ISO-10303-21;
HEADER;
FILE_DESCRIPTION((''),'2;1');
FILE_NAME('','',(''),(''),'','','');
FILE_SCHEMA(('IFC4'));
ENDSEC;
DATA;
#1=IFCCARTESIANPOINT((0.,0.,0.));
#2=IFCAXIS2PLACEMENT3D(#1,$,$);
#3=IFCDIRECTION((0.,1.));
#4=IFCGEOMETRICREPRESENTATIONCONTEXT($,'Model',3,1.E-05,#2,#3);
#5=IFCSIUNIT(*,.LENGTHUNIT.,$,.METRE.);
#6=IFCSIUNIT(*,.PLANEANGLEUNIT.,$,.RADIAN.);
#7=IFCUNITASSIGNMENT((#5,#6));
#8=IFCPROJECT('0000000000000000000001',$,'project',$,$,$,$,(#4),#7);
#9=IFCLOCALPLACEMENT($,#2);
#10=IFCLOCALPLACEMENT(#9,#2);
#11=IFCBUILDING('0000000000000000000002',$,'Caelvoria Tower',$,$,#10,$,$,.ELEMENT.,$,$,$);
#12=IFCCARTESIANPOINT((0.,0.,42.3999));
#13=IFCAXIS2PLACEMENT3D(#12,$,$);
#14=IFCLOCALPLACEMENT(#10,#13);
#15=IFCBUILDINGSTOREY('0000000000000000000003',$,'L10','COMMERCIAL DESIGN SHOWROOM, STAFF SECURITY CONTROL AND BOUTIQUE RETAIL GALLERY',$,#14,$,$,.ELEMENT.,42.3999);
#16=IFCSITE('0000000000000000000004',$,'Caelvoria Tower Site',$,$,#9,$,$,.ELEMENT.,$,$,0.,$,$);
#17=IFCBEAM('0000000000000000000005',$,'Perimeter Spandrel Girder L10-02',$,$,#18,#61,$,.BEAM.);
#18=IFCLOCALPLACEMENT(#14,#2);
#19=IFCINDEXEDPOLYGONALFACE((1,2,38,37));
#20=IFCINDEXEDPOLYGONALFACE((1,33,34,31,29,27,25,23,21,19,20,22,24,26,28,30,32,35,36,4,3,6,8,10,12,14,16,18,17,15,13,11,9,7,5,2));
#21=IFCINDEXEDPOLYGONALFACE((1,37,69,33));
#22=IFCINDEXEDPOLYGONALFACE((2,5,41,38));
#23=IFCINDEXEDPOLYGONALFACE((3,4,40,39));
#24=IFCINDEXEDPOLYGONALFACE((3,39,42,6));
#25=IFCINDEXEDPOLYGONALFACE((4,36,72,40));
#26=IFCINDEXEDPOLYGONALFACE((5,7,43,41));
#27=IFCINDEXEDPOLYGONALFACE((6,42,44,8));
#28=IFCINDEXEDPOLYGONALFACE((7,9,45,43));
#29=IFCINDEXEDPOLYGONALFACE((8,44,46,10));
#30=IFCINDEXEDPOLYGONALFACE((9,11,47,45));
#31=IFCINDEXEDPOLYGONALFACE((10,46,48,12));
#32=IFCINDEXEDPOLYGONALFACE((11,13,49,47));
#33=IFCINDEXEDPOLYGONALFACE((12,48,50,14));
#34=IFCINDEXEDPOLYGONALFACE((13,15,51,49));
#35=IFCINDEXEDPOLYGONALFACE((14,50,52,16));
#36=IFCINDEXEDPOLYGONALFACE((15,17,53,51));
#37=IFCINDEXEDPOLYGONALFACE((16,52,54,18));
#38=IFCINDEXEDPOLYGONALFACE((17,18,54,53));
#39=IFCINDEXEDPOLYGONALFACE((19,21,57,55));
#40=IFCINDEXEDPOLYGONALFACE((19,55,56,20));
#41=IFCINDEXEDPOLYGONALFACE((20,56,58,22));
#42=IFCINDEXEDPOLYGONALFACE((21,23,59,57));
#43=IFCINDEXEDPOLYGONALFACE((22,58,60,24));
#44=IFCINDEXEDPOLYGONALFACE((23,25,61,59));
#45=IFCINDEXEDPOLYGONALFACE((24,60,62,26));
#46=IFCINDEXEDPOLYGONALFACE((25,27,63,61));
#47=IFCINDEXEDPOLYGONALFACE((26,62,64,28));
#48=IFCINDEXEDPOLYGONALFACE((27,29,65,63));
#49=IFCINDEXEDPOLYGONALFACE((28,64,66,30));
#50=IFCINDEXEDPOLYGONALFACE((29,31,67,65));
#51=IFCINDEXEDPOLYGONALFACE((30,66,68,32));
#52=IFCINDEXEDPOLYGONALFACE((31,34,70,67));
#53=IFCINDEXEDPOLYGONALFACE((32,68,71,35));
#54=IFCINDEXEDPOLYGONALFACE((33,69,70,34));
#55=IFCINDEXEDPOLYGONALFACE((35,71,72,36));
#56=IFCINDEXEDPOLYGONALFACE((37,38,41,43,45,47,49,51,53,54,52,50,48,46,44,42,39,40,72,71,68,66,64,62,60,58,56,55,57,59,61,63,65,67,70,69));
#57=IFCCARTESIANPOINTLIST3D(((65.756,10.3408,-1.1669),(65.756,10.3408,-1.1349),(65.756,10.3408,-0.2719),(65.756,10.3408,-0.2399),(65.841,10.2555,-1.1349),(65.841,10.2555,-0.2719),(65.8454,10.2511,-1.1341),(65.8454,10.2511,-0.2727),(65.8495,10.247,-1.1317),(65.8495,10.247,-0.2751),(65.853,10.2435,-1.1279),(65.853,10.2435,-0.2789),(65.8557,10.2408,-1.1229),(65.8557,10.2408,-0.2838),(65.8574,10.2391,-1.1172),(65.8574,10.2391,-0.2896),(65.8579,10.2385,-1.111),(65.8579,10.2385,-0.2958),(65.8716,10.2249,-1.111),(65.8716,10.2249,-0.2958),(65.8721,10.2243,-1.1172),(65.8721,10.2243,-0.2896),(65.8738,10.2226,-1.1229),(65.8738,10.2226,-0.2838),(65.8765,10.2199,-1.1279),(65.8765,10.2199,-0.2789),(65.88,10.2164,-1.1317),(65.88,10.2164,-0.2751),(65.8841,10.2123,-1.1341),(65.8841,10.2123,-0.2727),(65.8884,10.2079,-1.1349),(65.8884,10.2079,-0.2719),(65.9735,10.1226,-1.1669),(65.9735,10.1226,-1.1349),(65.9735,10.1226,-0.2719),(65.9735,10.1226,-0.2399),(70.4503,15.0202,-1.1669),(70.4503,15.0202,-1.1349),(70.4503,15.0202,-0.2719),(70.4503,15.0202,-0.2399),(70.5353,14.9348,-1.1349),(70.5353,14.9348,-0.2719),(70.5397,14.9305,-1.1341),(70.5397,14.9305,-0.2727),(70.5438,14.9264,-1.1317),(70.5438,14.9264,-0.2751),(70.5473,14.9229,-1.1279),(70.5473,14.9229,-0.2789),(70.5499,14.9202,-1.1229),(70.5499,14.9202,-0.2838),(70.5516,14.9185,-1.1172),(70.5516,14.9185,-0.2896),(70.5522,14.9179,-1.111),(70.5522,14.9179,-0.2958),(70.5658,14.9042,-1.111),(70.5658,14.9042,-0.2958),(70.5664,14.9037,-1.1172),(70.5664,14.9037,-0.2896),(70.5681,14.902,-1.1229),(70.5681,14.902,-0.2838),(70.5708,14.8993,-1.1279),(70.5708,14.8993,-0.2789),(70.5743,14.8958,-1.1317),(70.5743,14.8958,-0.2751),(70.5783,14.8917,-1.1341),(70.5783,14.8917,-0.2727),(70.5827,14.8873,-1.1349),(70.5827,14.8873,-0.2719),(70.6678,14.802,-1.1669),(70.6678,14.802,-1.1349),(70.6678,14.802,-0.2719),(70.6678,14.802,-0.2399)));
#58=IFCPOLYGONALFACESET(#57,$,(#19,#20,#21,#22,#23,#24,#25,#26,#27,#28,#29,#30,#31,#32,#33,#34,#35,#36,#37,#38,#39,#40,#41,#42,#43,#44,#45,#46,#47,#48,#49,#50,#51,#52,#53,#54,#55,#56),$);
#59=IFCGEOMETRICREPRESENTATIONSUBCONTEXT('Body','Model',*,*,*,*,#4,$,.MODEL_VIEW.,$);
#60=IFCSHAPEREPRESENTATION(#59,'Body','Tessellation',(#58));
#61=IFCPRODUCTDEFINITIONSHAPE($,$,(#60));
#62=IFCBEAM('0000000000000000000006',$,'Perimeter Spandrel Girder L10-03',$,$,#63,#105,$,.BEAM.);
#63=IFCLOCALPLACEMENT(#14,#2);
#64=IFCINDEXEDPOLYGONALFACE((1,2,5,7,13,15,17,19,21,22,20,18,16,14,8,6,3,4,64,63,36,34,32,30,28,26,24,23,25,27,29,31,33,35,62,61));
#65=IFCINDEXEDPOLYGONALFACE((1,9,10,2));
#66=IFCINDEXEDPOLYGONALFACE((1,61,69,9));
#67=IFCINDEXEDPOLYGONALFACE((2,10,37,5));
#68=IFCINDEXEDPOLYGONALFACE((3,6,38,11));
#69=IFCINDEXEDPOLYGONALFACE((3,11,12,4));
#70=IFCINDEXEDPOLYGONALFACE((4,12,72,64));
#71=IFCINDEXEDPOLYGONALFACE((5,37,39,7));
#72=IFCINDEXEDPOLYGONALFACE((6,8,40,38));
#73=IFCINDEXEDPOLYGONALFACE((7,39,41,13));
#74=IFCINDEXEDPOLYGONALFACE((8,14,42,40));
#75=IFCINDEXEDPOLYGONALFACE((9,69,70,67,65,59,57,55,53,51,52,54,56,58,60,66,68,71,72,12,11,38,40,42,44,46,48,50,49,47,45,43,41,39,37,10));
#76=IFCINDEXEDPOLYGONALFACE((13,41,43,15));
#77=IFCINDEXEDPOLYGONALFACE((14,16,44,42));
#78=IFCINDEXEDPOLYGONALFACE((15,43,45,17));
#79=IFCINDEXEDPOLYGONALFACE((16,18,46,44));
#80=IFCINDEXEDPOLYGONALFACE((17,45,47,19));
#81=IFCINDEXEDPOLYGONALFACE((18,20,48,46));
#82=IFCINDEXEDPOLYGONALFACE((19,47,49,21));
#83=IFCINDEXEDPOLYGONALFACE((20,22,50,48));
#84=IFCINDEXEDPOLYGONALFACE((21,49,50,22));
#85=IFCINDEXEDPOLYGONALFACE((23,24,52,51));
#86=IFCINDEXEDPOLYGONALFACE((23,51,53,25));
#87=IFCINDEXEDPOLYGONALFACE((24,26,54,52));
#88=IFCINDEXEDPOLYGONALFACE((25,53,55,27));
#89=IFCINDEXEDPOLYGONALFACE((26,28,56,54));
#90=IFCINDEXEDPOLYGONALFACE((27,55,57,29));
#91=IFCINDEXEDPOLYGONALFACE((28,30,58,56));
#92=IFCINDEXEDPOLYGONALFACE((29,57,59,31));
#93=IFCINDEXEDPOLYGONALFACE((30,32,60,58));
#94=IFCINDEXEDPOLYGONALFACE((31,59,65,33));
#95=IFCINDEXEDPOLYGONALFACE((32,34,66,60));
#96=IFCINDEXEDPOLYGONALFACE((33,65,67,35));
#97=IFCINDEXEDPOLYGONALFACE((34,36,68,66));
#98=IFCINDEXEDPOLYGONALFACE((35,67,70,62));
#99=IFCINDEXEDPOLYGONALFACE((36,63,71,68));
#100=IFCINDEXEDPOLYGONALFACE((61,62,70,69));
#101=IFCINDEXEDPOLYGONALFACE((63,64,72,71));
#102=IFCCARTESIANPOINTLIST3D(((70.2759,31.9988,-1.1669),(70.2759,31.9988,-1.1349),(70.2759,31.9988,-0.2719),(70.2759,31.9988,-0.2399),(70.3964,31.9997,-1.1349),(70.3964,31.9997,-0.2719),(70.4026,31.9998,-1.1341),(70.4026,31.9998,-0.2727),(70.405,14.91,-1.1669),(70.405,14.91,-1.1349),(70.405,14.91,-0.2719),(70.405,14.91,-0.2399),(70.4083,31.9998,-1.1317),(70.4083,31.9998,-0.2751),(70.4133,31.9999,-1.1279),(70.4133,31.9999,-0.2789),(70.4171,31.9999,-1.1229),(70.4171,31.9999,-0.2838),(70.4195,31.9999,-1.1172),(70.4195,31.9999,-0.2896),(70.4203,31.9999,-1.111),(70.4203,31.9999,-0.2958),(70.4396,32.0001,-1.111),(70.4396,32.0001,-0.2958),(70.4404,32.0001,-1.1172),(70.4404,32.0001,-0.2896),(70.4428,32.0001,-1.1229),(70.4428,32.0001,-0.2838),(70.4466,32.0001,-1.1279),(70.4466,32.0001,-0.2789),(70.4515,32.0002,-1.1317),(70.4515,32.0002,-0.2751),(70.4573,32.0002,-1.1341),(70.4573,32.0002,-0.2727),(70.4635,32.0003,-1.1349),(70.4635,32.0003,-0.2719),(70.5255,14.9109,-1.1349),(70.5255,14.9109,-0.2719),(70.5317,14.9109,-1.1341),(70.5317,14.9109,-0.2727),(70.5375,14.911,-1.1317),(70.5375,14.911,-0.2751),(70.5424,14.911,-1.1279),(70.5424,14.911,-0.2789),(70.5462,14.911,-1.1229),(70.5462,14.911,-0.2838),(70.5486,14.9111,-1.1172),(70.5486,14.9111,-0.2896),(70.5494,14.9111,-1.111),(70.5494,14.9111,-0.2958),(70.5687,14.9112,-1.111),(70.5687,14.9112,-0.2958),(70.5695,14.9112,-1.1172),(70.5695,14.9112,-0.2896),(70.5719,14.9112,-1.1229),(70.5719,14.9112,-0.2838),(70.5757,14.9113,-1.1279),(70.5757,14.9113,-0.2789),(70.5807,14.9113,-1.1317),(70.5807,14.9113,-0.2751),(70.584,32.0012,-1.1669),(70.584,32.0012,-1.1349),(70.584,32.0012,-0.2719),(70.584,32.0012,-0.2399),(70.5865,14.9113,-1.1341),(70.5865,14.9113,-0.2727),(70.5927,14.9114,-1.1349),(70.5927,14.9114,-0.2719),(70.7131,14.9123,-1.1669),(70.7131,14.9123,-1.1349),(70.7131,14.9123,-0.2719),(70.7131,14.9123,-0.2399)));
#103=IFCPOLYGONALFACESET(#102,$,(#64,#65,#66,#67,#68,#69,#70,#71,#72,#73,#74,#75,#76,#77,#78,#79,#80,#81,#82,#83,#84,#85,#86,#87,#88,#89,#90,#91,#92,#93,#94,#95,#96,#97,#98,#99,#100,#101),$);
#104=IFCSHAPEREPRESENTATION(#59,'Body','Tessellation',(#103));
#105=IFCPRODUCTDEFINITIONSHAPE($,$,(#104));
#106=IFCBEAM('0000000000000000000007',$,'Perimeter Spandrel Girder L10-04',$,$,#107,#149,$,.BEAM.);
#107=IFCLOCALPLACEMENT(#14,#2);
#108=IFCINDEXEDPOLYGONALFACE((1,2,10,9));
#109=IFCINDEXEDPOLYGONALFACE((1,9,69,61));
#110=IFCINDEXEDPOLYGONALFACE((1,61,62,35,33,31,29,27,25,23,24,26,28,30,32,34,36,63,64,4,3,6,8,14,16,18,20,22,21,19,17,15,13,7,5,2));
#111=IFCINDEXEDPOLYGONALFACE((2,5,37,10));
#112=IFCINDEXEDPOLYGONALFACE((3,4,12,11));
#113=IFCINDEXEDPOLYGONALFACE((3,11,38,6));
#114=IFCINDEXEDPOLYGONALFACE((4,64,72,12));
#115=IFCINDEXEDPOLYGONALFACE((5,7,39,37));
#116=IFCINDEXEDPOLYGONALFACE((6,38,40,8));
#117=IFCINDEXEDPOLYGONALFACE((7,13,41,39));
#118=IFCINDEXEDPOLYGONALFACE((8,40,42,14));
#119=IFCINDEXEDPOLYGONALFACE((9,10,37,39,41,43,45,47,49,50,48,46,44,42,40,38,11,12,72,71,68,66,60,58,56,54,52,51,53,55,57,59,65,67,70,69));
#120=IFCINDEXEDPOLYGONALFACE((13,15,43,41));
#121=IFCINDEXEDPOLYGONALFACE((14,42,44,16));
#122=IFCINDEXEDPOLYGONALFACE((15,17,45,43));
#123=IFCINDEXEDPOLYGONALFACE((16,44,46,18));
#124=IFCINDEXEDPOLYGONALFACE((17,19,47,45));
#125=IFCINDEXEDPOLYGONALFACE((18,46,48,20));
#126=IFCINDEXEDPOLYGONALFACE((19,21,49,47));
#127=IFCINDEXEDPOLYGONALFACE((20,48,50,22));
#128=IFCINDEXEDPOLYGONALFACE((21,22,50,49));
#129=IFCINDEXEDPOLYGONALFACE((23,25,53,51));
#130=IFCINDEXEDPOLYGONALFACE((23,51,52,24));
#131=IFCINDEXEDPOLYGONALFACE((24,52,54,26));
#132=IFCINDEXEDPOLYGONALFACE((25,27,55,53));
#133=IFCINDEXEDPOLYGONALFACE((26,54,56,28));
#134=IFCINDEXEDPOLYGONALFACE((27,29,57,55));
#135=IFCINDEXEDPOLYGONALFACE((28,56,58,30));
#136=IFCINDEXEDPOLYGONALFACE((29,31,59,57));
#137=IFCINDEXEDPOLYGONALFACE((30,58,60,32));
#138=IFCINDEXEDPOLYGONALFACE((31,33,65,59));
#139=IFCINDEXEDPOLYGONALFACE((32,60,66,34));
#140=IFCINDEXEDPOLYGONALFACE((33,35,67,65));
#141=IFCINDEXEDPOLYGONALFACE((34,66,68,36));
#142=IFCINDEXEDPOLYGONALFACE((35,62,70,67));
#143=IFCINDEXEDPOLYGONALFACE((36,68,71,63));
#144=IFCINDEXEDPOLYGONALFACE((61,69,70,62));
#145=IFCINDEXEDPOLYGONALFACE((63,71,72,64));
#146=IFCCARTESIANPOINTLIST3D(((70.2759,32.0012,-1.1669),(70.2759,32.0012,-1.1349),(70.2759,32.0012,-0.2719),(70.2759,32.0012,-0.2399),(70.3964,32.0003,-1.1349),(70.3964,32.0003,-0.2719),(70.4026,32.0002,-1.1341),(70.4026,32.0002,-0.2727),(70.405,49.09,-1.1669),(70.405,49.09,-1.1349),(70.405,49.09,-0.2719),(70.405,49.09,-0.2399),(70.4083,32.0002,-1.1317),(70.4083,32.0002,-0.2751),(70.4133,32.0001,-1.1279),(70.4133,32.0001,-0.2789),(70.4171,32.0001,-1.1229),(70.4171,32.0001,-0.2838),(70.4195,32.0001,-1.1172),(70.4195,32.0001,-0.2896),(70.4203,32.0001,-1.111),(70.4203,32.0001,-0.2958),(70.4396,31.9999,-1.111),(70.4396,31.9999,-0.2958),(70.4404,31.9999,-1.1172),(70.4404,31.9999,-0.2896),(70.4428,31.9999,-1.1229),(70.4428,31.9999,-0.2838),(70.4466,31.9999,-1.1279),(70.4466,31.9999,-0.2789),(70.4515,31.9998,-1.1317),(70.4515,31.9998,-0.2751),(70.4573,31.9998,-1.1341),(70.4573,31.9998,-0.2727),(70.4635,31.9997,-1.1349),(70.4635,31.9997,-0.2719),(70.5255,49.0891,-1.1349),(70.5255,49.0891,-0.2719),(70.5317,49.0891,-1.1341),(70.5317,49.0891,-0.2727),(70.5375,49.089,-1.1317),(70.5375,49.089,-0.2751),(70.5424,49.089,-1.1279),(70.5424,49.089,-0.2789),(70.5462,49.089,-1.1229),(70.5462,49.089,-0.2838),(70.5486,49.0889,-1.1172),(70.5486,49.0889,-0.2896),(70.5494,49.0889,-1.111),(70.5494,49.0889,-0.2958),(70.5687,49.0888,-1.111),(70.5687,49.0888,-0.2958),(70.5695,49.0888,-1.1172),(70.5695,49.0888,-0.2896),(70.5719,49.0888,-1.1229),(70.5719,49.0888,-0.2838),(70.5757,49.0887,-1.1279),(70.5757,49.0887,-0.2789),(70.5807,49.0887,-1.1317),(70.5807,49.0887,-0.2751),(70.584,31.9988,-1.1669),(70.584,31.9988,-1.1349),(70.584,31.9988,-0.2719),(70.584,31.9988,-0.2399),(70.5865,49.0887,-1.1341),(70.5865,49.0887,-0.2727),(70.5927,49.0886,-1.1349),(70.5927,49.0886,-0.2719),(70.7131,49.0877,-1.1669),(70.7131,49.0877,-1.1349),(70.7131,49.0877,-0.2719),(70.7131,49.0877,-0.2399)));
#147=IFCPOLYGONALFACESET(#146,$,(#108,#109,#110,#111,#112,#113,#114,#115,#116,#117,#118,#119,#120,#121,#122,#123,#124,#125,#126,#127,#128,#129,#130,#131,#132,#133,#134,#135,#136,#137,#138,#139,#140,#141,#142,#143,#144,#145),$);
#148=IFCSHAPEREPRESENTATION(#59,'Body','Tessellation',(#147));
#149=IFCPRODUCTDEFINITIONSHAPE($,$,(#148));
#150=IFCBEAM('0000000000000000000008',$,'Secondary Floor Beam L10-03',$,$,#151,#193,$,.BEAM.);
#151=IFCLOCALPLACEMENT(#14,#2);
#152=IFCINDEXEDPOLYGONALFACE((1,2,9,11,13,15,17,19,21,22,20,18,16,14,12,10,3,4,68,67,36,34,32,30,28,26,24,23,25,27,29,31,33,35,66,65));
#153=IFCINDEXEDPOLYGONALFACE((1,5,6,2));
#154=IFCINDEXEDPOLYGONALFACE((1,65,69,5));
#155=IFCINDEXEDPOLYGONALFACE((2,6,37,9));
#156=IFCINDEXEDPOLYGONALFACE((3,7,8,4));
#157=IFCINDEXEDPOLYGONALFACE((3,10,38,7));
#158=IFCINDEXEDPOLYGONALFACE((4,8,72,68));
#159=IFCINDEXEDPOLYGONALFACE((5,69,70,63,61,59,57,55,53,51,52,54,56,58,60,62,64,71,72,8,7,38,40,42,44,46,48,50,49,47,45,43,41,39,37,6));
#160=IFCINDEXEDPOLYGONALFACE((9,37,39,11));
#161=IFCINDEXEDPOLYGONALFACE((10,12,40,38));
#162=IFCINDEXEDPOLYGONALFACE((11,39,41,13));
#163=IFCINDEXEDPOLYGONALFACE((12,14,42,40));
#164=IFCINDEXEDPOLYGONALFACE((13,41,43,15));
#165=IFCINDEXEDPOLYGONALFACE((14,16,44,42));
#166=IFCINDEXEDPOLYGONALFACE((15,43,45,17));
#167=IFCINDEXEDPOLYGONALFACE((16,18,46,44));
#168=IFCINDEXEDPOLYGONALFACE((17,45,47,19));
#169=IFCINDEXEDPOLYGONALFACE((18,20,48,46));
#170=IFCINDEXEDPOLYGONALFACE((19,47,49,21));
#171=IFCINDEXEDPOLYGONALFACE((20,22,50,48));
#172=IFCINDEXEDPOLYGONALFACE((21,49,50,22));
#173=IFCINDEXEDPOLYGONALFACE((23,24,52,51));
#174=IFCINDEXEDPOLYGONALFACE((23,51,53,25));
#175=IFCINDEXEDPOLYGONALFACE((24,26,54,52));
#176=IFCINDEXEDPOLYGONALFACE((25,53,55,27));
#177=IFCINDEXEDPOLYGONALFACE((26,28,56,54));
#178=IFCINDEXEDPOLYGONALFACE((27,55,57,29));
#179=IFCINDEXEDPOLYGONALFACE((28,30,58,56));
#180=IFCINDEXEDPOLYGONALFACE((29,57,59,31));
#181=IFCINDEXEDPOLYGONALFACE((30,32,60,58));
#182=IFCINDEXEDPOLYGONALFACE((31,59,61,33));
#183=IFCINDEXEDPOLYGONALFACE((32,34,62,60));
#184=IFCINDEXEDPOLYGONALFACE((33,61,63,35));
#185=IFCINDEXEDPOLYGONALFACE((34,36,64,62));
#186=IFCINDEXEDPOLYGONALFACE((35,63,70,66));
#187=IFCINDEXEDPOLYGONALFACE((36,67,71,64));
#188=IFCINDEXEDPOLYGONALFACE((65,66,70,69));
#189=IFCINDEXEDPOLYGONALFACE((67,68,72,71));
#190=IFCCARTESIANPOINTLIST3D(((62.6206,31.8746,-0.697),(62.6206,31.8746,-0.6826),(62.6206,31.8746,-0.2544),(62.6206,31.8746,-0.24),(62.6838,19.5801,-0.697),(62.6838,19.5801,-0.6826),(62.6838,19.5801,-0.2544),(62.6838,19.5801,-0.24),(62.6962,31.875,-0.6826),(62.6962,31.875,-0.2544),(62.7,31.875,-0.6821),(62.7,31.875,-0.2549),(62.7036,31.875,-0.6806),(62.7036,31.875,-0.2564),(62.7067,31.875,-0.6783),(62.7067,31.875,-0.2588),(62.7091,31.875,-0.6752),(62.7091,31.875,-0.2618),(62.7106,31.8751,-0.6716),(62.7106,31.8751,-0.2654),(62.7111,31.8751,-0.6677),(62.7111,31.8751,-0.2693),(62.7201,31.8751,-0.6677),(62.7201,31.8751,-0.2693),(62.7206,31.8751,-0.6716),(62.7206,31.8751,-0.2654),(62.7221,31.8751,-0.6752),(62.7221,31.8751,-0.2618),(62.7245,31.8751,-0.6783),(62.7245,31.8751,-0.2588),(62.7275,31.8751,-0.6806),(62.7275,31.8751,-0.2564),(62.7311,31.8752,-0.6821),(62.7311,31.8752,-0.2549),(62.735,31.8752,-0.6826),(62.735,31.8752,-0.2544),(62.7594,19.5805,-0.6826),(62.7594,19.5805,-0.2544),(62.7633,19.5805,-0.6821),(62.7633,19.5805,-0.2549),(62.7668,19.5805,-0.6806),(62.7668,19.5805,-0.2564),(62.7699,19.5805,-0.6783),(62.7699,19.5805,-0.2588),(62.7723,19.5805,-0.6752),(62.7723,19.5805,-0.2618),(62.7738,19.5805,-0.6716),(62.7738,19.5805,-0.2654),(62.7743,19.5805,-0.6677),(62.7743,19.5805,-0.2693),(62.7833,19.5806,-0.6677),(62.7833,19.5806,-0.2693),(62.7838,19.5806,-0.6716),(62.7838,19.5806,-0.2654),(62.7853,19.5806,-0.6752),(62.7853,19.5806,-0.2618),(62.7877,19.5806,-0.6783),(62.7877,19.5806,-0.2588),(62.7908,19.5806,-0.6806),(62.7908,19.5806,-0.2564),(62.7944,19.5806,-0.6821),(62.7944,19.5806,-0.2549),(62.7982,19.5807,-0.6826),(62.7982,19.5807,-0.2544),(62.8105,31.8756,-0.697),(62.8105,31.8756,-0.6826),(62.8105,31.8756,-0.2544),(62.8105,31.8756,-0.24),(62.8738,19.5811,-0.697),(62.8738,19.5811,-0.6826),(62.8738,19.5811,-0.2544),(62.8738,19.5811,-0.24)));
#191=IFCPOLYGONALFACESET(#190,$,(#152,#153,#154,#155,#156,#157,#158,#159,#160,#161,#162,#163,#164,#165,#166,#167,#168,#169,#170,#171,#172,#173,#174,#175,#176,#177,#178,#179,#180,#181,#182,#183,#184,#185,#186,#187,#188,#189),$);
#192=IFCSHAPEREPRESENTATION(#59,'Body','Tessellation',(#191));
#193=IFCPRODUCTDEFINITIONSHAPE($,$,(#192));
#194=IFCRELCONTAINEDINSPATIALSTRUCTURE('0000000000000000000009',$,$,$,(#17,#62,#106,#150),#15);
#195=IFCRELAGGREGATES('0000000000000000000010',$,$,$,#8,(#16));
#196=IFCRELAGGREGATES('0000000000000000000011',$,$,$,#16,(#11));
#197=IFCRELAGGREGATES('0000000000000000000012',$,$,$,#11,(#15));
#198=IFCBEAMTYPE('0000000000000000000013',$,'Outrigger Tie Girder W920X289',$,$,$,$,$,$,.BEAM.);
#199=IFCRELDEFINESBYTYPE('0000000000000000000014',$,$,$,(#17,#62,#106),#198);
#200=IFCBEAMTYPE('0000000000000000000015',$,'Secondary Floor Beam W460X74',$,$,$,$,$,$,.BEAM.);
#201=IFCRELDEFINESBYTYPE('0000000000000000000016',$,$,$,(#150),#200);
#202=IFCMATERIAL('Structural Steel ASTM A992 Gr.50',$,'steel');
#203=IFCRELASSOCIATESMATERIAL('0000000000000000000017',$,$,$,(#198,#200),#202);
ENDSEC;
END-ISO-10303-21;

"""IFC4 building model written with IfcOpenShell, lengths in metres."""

from ifc_helpers import new_model, si_unit, direction, frame, origin, origin_2d, place, context, subcontext, project, spatial, i_section, extrude, material, material_profile, profile_set, type_object, element, save


model = new_model("IFC4")

# Units and contexts
model_context = context("Model", 3, precision=1e-05, world=origin(), true_north=direction((0.0, 1.0)))
body_context = subcontext(model_context, "Body", "Model", "MODEL_VIEW")
ifc_project = project(units=[si_unit("LENGTHUNIT", "METRE"), si_unit("PLANEANGLEUNIT", "RADIAN")], contexts=[model_context])

# Site, building, storey
site_placement = place(None, origin())
site = spatial("IfcSite", under=ifc_project, at=site_placement, Name="Caelvoria Tower Site", CompositionType="ELEMENT", RefElevation=0.0)
building_placement = place(site_placement, origin())
building = spatial("IfcBuilding", under=site, at=building_placement, Name="Caelvoria Tower", CompositionType="ELEMENT")
storey_placement = place(building_placement, frame((0.0, 0.0, 42.3999)))
storey = spatial("IfcBuildingStorey", under=building, at=storey_placement, Name="L10", Description="COMMERCIAL DESIGN SHOWROOM, STAFF SECURITY CONTROL AND BOUTIQUE RETAIL GALLERY", CompositionType="ELEMENT", Elevation=42.3999)

# Beams
ifc_material_1 = material(Name="Structural Steel ASTM A992 Gr.50", Category="steel")
ifc_material_profile_1 = material_profile(ifc_material_1, i_section(OverallWidth=0.3081, OverallDepth=0.927, WebThickness=0.0193, FlangeThickness=0.032, FilletRadius=0.0239, at=origin_2d()), Name="Structural Steel ASTM A992 Gr.50")
ifc_profile_set_1 = profile_set([ifc_material_profile_1], Name="W920X289 - Structural Steel ASTM A992 Gr.50")
beam_type_1 = type_object("IfcBeamType", Name="Outrigger Tie Girder W920X289", PredefinedType="BEAM", material=ifc_profile_set_1)
beam_1_placement = place(storey_placement, frame((65.8647, 10.2317, -0.7034), z_axis=(0.708229, 0.705982, 0.0), x_axis=(-0.705982, 0.708229, 0.0)))
element("IfcBeam", 1, at=beam_1_placement, inside=storey, type_object=beam_type_1, Name="Perimeter Spandrel Girder L10-02", PredefinedType="BEAM", context=body_context, shape_type="SweptSolid", body=[
    extrude(i_section(OverallWidth=0.3081, OverallDepth=0.927, WebThickness=0.0193, FlangeThickness=0.032, FilletRadius=0.0239, at=origin_2d()), origin(), (0.0, 0.0, 1.0), 6.6282),
])
for number, where, z_axis, x_axis, name in (
    (2, (70.5591, 14.9111, -0.7034), (-0.007557, 0.999971, 0.0), (-0.999971, -0.007557, 0.0), "Perimeter Spandrel Girder L10-03"),
    (3, (70.4299, 32.0, -0.7034), (0.007557, 0.999971, 0.0), (-0.999971, 0.007557, 0.0), "Perimeter Spandrel Girder L10-04"),
):
    element("IfcBeam", number, at=place(storey_placement, frame(where, z_axis=z_axis, x_axis=x_axis)), inside=storey, type_object=beam_type_1, Name=name, PredefinedType="BEAM", context=body_context, shape_type="SweptSolid", body=[
        extrude(i_section(OverallWidth=0.3081, OverallDepth=0.927, WebThickness=0.0193, FlangeThickness=0.032, FilletRadius=0.0239, at=origin_2d()), origin(), (0.0, 0.0, 1.0), 17.0894),
    ])
ifc_material_profile_2 = material_profile(ifc_material_1, i_section(OverallWidth=0.1899, OverallDepth=0.457, WebThickness=0.009, FlangeThickness=0.0144, FilletRadius=0.0149, at=origin_2d()), Name="Structural Steel ASTM A992 Gr.50")
ifc_profile_set_2 = profile_set([ifc_material_profile_2], Name="W460X74 - Structural Steel ASTM A992 Gr.50")
beam_type_2 = type_object("IfcBeamType", Name="Secondary Floor Beam W460X74", PredefinedType="BEAM", material=ifc_profile_set_2)
beam_2_placement = place(storey_placement, frame((62.7788, 19.5806, -0.4685), z_axis=(-0.005143, 0.999987, 0.0), x_axis=(-0.999987, -0.005143, 0.0)))
element("IfcBeam", 4, at=beam_2_placement, inside=storey, type_object=beam_type_2, Name="Secondary Floor Beam L10-03", PredefinedType="BEAM", context=body_context, shape_type="SweptSolid", body=[
    extrude(i_section(OverallWidth=0.1899, OverallDepth=0.457, WebThickness=0.009, FlangeThickness=0.0144, FilletRadius=0.0149, at=origin_2d()), origin(), (0.0, 0.0, 1.0), 12.2947),
])

save(model, "model.ifc")
